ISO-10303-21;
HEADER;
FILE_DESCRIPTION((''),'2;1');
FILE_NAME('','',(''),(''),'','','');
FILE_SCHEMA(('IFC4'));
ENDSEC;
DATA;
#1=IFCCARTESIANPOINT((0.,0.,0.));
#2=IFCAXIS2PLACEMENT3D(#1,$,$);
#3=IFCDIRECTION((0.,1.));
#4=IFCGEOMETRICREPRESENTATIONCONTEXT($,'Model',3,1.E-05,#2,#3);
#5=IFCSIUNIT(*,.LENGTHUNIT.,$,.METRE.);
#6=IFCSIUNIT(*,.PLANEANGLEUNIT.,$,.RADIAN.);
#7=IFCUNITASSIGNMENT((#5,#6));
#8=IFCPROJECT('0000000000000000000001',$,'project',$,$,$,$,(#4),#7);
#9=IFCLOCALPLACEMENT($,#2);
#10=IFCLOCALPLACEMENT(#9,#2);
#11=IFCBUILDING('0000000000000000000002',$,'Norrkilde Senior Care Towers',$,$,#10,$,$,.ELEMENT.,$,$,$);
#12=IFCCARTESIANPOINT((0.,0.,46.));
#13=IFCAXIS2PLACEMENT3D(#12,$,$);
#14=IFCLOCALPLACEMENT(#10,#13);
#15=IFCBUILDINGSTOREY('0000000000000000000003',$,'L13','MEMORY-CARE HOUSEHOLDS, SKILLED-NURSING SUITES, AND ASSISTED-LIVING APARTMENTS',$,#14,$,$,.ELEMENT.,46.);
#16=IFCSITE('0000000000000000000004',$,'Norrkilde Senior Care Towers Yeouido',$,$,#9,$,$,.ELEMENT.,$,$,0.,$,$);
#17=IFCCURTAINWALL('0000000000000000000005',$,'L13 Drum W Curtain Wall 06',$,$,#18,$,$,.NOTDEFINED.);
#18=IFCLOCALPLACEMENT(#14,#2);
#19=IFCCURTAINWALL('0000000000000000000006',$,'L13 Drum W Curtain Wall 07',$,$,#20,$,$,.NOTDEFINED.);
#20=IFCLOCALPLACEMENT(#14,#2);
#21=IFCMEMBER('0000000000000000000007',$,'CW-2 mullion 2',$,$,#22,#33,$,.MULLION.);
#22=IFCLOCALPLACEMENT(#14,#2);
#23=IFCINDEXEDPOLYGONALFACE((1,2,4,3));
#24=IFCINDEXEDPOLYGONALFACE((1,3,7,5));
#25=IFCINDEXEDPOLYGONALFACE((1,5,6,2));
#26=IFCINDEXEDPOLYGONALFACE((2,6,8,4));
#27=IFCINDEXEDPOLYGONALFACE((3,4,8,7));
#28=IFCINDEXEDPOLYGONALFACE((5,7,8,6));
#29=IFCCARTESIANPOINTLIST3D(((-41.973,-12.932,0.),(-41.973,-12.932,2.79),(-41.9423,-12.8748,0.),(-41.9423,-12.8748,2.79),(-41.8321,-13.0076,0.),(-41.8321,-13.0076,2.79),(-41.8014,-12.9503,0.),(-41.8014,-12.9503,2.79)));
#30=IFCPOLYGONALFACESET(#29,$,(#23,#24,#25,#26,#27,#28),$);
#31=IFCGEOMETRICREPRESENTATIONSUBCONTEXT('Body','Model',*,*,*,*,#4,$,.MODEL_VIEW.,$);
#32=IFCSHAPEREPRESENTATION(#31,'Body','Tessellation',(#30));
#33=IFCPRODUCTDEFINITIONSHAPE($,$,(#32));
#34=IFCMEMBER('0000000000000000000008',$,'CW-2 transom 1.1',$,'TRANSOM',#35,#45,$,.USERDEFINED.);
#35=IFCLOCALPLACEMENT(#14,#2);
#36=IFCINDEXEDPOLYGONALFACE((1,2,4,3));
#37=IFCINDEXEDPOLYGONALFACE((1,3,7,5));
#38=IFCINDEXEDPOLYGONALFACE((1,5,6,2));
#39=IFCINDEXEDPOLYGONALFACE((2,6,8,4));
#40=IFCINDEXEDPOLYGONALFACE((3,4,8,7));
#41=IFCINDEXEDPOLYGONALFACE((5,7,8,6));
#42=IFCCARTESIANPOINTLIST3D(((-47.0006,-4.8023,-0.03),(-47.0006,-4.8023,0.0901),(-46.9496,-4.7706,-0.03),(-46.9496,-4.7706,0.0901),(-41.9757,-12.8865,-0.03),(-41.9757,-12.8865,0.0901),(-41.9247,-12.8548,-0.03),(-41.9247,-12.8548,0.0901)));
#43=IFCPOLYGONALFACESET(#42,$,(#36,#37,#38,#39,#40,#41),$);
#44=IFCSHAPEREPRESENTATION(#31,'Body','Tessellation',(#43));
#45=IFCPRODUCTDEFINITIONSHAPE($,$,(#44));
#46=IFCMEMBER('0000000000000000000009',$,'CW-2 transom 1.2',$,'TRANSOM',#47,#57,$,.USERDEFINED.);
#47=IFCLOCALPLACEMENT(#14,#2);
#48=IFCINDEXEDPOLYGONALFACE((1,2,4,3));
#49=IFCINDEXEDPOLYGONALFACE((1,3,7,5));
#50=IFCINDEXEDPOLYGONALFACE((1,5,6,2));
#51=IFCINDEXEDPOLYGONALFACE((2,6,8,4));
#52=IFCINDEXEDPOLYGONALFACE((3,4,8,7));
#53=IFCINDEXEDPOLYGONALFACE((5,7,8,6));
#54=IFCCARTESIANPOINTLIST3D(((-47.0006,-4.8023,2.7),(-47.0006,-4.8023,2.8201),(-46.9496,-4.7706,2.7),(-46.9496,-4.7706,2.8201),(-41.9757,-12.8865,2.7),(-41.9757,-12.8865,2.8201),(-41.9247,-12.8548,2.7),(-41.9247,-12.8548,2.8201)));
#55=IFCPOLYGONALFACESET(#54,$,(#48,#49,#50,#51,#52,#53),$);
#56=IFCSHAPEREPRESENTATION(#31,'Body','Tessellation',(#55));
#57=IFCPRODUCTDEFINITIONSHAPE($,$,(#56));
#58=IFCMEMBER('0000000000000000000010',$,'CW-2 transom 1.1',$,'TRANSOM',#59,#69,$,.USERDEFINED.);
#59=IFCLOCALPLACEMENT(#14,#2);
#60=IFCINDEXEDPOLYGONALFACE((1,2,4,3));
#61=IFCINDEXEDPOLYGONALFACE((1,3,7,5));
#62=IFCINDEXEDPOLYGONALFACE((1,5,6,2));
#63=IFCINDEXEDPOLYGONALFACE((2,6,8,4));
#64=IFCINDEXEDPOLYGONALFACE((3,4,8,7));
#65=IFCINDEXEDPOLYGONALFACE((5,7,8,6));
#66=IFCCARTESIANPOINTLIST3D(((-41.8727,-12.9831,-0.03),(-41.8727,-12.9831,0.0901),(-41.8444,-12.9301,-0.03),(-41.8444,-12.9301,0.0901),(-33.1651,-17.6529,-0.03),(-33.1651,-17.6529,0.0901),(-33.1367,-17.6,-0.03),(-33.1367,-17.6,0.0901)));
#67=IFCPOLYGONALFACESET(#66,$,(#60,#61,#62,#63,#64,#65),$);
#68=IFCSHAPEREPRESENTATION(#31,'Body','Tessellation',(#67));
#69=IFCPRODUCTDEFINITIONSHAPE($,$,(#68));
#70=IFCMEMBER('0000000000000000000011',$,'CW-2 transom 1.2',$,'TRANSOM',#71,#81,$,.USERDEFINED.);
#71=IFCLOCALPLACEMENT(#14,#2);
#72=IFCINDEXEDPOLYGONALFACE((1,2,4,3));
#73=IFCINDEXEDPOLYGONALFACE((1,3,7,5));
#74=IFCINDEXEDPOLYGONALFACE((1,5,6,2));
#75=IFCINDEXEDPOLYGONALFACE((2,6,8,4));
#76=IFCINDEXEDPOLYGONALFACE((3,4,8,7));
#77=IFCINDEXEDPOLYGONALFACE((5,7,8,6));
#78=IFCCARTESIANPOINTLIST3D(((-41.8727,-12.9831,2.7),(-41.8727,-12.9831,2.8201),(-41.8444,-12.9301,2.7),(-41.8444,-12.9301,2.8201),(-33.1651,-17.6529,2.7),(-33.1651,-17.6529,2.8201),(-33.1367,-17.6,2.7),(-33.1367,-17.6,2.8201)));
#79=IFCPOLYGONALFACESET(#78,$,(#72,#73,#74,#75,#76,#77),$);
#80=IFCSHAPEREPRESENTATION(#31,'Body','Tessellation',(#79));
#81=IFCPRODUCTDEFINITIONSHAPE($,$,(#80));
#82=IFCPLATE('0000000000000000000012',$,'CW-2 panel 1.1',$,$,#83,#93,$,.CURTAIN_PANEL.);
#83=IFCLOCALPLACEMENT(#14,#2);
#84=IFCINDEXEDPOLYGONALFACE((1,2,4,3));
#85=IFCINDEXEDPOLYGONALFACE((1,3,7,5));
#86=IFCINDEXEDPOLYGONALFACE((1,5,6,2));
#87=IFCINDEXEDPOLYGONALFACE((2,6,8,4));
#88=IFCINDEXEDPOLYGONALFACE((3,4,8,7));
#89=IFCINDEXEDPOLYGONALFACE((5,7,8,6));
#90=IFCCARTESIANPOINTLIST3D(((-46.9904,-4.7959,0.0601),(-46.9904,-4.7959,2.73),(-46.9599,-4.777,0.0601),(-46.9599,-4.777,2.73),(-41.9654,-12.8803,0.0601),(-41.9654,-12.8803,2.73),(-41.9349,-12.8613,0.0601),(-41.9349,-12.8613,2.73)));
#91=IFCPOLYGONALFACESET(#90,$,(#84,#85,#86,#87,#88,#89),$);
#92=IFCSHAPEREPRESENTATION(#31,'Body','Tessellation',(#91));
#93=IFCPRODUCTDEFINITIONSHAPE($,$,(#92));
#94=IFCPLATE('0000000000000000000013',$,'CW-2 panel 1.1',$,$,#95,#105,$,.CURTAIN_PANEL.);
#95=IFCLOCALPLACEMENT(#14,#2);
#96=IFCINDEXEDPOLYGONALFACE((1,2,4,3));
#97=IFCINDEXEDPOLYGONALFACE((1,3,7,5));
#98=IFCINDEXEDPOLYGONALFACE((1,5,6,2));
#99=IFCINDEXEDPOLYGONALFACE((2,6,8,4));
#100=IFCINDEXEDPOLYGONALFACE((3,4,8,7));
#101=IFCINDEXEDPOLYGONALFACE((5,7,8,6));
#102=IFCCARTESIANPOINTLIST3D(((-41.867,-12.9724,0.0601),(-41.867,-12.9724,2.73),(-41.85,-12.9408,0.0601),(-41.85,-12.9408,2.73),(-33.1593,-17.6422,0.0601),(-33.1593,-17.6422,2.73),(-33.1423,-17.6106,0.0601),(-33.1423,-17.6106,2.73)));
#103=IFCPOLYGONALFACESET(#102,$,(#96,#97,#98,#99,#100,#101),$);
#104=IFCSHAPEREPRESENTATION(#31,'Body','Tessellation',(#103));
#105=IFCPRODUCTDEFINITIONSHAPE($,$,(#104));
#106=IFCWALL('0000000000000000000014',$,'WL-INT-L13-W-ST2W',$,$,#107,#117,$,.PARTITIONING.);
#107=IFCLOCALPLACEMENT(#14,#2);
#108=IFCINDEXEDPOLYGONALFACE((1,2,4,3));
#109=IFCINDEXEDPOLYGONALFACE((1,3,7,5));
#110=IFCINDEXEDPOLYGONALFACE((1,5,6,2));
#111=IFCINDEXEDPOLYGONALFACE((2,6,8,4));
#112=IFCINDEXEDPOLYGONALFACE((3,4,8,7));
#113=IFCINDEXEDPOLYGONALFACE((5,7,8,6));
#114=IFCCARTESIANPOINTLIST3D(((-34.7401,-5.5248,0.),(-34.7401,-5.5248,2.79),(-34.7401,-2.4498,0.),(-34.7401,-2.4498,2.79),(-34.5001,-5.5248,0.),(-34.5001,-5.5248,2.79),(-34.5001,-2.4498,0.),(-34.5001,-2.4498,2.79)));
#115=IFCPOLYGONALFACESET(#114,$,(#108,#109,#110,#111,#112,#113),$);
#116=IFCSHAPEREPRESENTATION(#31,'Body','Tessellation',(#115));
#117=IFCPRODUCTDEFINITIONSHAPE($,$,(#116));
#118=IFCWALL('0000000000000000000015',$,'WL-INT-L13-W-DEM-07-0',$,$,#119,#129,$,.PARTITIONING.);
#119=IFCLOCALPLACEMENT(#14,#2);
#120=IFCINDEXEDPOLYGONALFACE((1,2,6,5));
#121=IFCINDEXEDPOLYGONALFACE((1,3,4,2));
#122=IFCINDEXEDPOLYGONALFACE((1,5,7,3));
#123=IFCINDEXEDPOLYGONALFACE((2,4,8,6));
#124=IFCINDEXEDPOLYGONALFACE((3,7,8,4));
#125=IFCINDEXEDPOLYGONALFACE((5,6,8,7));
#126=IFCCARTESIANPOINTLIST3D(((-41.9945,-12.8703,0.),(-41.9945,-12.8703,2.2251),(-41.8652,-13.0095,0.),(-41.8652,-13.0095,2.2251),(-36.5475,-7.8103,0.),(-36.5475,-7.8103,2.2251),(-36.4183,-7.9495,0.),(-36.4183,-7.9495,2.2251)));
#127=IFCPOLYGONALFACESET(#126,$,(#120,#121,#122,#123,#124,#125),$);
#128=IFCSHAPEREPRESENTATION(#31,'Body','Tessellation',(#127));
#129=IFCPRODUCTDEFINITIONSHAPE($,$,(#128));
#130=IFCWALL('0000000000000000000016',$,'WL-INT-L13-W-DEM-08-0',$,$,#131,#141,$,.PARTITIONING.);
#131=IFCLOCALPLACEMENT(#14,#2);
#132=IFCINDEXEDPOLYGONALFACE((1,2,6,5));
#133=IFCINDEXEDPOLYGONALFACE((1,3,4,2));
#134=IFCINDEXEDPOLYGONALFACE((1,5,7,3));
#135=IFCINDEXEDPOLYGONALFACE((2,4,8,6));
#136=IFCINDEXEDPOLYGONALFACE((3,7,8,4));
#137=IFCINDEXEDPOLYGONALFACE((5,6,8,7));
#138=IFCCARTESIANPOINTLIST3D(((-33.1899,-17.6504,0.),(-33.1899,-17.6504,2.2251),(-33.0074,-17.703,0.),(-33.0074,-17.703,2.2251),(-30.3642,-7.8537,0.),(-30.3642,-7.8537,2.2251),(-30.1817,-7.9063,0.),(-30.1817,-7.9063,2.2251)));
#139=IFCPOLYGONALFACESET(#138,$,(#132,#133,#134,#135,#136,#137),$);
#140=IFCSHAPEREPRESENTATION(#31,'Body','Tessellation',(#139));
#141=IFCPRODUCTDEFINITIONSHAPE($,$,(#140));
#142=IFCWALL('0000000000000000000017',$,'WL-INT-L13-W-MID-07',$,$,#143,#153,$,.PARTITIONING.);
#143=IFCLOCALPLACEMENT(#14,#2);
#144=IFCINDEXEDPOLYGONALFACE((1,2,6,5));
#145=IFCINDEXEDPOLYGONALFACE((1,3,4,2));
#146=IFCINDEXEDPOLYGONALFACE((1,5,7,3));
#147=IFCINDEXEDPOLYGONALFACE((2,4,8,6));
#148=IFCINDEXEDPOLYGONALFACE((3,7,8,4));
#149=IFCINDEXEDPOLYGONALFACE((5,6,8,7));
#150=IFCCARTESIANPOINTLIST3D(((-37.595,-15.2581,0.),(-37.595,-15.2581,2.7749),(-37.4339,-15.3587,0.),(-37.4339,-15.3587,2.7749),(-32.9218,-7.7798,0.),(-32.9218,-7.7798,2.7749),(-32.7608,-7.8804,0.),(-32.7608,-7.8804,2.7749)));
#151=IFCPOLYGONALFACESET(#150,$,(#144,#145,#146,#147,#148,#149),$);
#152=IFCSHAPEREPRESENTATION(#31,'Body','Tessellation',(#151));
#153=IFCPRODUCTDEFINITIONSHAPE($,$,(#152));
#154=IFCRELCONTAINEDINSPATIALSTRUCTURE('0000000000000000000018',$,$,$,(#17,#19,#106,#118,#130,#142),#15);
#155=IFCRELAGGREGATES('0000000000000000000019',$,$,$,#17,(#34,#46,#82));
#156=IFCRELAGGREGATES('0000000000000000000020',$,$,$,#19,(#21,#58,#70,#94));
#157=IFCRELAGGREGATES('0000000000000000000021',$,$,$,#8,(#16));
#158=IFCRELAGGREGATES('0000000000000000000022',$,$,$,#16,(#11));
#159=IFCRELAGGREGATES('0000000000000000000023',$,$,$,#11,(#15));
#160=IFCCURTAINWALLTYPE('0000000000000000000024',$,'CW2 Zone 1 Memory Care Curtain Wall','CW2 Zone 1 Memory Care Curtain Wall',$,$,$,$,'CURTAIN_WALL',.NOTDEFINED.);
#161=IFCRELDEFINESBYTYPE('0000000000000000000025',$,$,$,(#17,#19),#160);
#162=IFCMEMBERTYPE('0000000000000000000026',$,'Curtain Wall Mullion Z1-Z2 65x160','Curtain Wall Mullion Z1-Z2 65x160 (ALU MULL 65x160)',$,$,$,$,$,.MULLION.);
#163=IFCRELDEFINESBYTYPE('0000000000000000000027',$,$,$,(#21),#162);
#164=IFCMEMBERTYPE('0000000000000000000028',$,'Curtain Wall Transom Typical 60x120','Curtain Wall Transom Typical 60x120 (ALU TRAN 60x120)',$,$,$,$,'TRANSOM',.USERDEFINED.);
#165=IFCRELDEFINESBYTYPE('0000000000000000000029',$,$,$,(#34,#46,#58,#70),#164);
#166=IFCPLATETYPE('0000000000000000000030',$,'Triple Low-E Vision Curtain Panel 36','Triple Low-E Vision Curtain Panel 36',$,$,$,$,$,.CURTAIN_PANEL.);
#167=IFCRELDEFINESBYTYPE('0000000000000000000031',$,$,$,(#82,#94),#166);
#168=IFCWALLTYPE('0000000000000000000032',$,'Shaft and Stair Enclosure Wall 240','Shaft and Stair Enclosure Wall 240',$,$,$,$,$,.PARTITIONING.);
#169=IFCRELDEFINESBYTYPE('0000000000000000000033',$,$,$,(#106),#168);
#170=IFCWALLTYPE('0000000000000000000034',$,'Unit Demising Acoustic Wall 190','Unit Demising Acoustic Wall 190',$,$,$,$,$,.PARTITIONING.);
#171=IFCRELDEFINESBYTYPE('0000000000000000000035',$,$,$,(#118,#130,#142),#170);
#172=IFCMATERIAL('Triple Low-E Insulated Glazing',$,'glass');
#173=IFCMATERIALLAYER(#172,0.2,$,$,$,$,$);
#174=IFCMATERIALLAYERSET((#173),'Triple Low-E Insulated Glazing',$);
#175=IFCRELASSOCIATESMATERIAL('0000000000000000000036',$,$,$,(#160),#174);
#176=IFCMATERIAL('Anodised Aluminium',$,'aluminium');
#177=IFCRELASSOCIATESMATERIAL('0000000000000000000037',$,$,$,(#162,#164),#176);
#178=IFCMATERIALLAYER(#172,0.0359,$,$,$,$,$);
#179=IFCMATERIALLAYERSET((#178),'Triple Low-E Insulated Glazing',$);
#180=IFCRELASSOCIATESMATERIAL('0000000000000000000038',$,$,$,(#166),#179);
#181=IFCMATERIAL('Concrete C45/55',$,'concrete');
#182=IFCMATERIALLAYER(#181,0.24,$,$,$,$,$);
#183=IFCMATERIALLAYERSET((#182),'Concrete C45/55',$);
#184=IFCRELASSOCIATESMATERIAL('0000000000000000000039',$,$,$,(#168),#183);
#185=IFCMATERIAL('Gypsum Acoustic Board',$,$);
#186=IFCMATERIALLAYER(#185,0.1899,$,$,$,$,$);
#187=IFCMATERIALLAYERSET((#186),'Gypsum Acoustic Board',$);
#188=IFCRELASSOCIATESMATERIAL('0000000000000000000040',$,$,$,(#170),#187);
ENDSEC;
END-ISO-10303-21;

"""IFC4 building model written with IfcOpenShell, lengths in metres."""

from ifc_helpers import new_model, si_unit, direction, frame, frame_2d, origin, origin_2d, place, context, subcontext, project, spatial, rectangle, extrude, source, transform, mapped, material, layer, layer_set, material_profile, profile_set, type_object, type_shapes, element, aggregate, save


model = new_model("IFC4")

# Units and contexts
model_context = context("Model", 3, precision=1e-05, world=origin(), true_north=direction((0.0, 1.0)))
body_context = subcontext(model_context, "Body", "Model", "MODEL_VIEW")
ifc_project = project(units=[si_unit("LENGTHUNIT", "METRE"), si_unit("PLANEANGLEUNIT", "RADIAN")], contexts=[model_context])

# Site, building, storey
site_placement = place(None, origin())
site = spatial("IfcSite", under=ifc_project, at=site_placement, Name="Norrkilde Senior Care Towers Yeouido", CompositionType="ELEMENT", RefElevation=0.0)
building_placement = place(site_placement, origin())
building = spatial("IfcBuilding", under=site, at=building_placement, Name="Norrkilde Senior Care Towers", CompositionType="ELEMENT")
storey_placement = place(building_placement, frame((0.0, 0.0, 46.0)))
storey = spatial("IfcBuildingStorey", under=building, at=storey_placement, Name="L13", Description="MEMORY-CARE HOUSEHOLDS, SKILLED-NURSING SUITES, AND ASSISTED-LIVING APARTMENTS", CompositionType="ELEMENT", Elevation=46.0)

# Curtain wall
ifc_material_1 = material(Name="Triple Low-E Insulated Glazing", Category="glass")
ifc_layer_1 = layer(ifc_material_1, 0.2)
ifc_layer_set_1 = layer_set([ifc_layer_1], Name="Triple Low-E Insulated Glazing")
curtain_wall_type = type_object("IfcCurtainWallType", Name="CW2 Zone 1 Memory Care Curtain Wall", Description="CW2 Zone 1 Memory Care Curtain Wall", ElementType="CURTAIN_WALL", PredefinedType="NOTDEFINED", material=ifc_layer_set_1)
curtain_wall_1_placement = place(storey_placement, origin())
curtain_wall_1 = element("IfcCurtainWall", 1, at=curtain_wall_1_placement, inside=storey, type_object=curtain_wall_type, Name="L13 Drum W Curtain Wall 06", PredefinedType="NOTDEFINED")
ifc_material_2 = material(Name="Anodised Aluminium", Category="aluminium")
ifc_material_profile_1 = material_profile(ifc_material_2, rectangle(XDim=0.0649, YDim=0.1599, at=origin_2d()), Name="ALU MULL 65x160")
ifc_profile_set_1 = profile_set([ifc_material_profile_1], Name="Anodised Aluminium")
member_type_1 = type_object("IfcMemberType", Name="Curtain Wall Mullion Z1-Z2 65x160", Description="Curtain Wall Mullion Z1-Z2 65x160 (ALU MULL 65x160)", PredefinedType="MULLION", material=ifc_profile_set_1)
shared_shape_1 = source(origin(), body_context, "Body", "SweptSolid", [
    extrude(rectangle(XDim=0.0649, YDim=0.1599, at=origin_2d()), origin(), (0.0, 0.0, 1.0), 2.79),
])
type_shapes(member_type_1, [shared_shape_1])

# Curtain wall, member
curtain_wall_2_placement = place(storey_placement, origin())
curtain_wall_2 = element("IfcCurtainWall", 2, at=curtain_wall_2_placement, inside=storey, type_object=curtain_wall_type, Name="L13 Drum W Curtain Wall 07", PredefinedType="NOTDEFINED")
member_1_placement = place(storey_placement, frame((-41.8872, -12.9412, 0.0), z_axis=(0.0, 0.0, 1.0), x_axis=(-0.472608, -0.881273, 0.0)))
member_1 = element("IfcMember", 3, at=member_1_placement, type_object=member_type_1, Name="CW-2 mullion 2", PredefinedType="MULLION", context=body_context, shape_type="MappedRepresentation", body=[
    mapped(shared_shape_1, transform((0.0, 0.0, 0.0), x_axis=(1.0, 0.0, 0.0), y_axis=(0.0, 1.0, 0.0), z_axis=(0.0, 0.0, 1.0), scale=1.0)),
])

# Members
ifc_material_profile_2 = material_profile(ifc_material_2, rectangle(XDim=0.0601, YDim=0.1201, at=origin_2d()), Name="ALU TRAN 60x120")
ifc_profile_set_2 = profile_set([ifc_material_profile_2], Name="Anodised Aluminium")
member_type_2 = type_object("IfcMemberType", Name="Curtain Wall Transom Typical 60x120", Description="Curtain Wall Transom Typical 60x120 (ALU TRAN 60x120)", ElementType="TRANSOM", PredefinedType="USERDEFINED", material=ifc_profile_set_2)
shared_shape_2 = source(origin(), body_context, "Body", "SweptSolid", [
    extrude(rectangle(XDim=0.0601, YDim=0.1201, at=origin_2d()), origin(), (0.0, 0.0, 1.0), 9.5186),
])
member_2_placement = place(storey_placement, frame((-41.9502, -12.8706, 0.03), z_axis=(-0.527902, 0.849306, 0.0), x_axis=(-0.849306, -0.527902, 0.0)))
member_2 = element("IfcMember", 4, at=member_2_placement, type_object=member_type_2, Name="CW-2 transom 1.1", ObjectType="TRANSOM", PredefinedType="USERDEFINED", context=body_context, shape_type="MappedRepresentation", body=[
    mapped(shared_shape_2, transform((0.0, 0.0, 0.0), x_axis=(1.0, 0.0, 0.0), y_axis=(0.0, 1.0, 0.0), z_axis=(0.0, 0.0, 1.0), scale=1.0)),
])
member_3_placement = place(storey_placement, frame((-41.9502, -12.8706, 2.76), z_axis=(-0.527902, 0.849306, 0.0), x_axis=(-0.849306, -0.527902, 0.0)))
member_3 = element("IfcMember", 5, at=member_3_placement, type_object=member_type_2, Name="CW-2 transom 1.2", ObjectType="TRANSOM", PredefinedType="USERDEFINED", context=body_context, shape_type="MappedRepresentation", body=[
    mapped(shared_shape_2, transform((0.0, 0.0, 0.0), x_axis=(1.0, 0.0, 0.0), y_axis=(0.0, 1.0, 0.0), z_axis=(0.0, 0.0, 1.0), scale=1.0)),
])
shared_shape_3 = source(origin(), body_context, "Body", "SweptSolid", [
    extrude(rectangle(XDim=0.0601, YDim=0.1201, at=origin_2d()), origin(), (0.0, 0.0, 1.0), 9.8809),
])
type_shapes(member_type_2, [shared_shape_2, shared_shape_3])
member_4_placement = place(storey_placement, frame((-33.1509, -17.6265, 0.03), z_axis=(-0.881267, 0.472618, 0.0), x_axis=(-0.472618, -0.881267, 0.0)))
member_4 = element("IfcMember", 6, at=member_4_placement, type_object=member_type_2, Name="CW-2 transom 1.1", ObjectType="TRANSOM", PredefinedType="USERDEFINED", context=body_context, shape_type="MappedRepresentation", body=[
    mapped(shared_shape_3, transform((0.0, 0.0, 0.0), x_axis=(1.0, 0.0, 0.0), y_axis=(0.0, 1.0, 0.0), z_axis=(0.0, 0.0, 1.0), scale=1.0)),
])
member_5_placement = place(storey_placement, frame((-33.1509, -17.6265, 2.76), z_axis=(-0.881267, 0.472618, 0.0), x_axis=(-0.472618, -0.881267, 0.0)))
member_5 = element("IfcMember", 7, at=member_5_placement, type_object=member_type_2, Name="CW-2 transom 1.2", ObjectType="TRANSOM", PredefinedType="USERDEFINED", context=body_context, shape_type="MappedRepresentation", body=[
    mapped(shared_shape_3, transform((0.0, 0.0, 0.0), x_axis=(1.0, 0.0, 0.0), y_axis=(0.0, 1.0, 0.0), z_axis=(0.0, 0.0, 1.0), scale=1.0)),
])

# Plates
ifc_layer_2 = layer(ifc_material_1, 0.0359)
ifc_layer_set_2 = layer_set([ifc_layer_2], Name="Triple Low-E Insulated Glazing")
plate_type = type_object("IfcPlateType", Name="Triple Low-E Vision Curtain Panel 36", Description="Triple Low-E Vision Curtain Panel 36", PredefinedType="CURTAIN_PANEL", material=ifc_layer_set_2)
shared_shape_4 = source(origin(), body_context, "Body", "SweptSolid", [
    extrude(rectangle(XDim=9.5188, YDim=0.0359, at=origin_2d()), origin(), (0.0, 0.0, 1.0), 2.6699),
])
plate_1_placement = place(storey_placement, frame((-44.4626, -8.8286, 0.0601), z_axis=(0.0, 0.0, 1.0), x_axis=(-0.527901, 0.849306, 0.0)))
plate_1 = element("IfcPlate", 8, at=plate_1_placement, type_object=plate_type, Name="CW-2 panel 1.1", PredefinedType="CURTAIN_PANEL", context=body_context, shape_type="MappedRepresentation", body=[
    mapped(shared_shape_4, transform((0.0, 0.0, 0.0), x_axis=(1.0, 0.0, 0.0), y_axis=(0.0, 1.0, 0.0), z_axis=(0.0, 0.0, 1.0), scale=1.0)),
])
aggregate(curtain_wall_1, [member_2, member_3, plate_1])
shared_shape_5 = source(origin(), body_context, "Body", "SweptSolid", [
    extrude(rectangle(XDim=9.8809, YDim=0.0359, at=origin_2d()), origin(), (0.0, 0.0, 1.0), 2.6699),
])
type_shapes(plate_type, [shared_shape_4, shared_shape_5])
plate_2_placement = place(storey_placement, frame((-37.5046, -15.2915, 0.0601), z_axis=(0.0, 0.0, 1.0), x_axis=(-0.881273, 0.472608, 0.0)))
plate_2 = element("IfcPlate", 9, at=plate_2_placement, type_object=plate_type, Name="CW-2 panel 1.1", PredefinedType="CURTAIN_PANEL", context=body_context, shape_type="MappedRepresentation", body=[
    mapped(shared_shape_5, transform((0.0, 0.0, 0.0), x_axis=(1.0, 0.0, 0.0), y_axis=(0.0, 1.0, 0.0), z_axis=(0.0, 0.0, 1.0), scale=1.0)),
])
aggregate(curtain_wall_2, [member_1, member_4, member_5, plate_2])

# Shared definitions
ifc_material_3 = material(Name="Gypsum Acoustic Board")

# Walls
ifc_material_4 = material(Name="Concrete C45/55", Category="concrete")
ifc_layer_3 = layer(ifc_material_4, 0.24)
ifc_layer_set_3 = layer_set([ifc_layer_3], Name="Concrete C45/55")
wall_type_1 = type_object("IfcWallType", Name="Shaft and Stair Enclosure Wall 240", Description="Shaft and Stair Enclosure Wall 240", PredefinedType="PARTITIONING", material=ifc_layer_set_3)
shared_shape_6 = source(origin(), body_context, "Body", "SweptSolid", [
    extrude(rectangle(XDim=3.075, YDim=0.24, at=frame_2d((1.5376, 0.0))), origin(), (0.0, 0.0, 1.0), 2.79),
])
type_shapes(wall_type_1, [shared_shape_6])
wall_1_placement = place(storey_placement, frame((-34.6201, -5.5249, 0.0), z_axis=(0.0, 0.0, 1.0), x_axis=(0.0, 1.0, 0.0)))
element("IfcWall", 10, at=wall_1_placement, inside=storey, type_object=wall_type_1, Name="WL-INT-L13-W-ST2W", PredefinedType="PARTITIONING", context=body_context, shape_type="MappedRepresentation", body=[
    mapped(shared_shape_6, transform((0.0, 0.0, 0.0), x_axis=(1.0, 0.0, 0.0), y_axis=(0.0, 1.0, 0.0), z_axis=(0.0, 0.0, 1.0), scale=1.0)),
])
ifc_layer_4 = layer(ifc_material_3, 0.1899)
ifc_layer_set_4 = layer_set([ifc_layer_4], Name="Gypsum Acoustic Board")
wall_type_2 = type_object("IfcWallType", Name="Unit Demising Acoustic Wall 190", Description="Unit Demising Acoustic Wall 190", PredefinedType="PARTITIONING", material=ifc_layer_set_4)
shared_shape_7 = source(origin(), body_context, "Body", "SweptSolid", [
    extrude(rectangle(XDim=7.4346, YDim=0.1899, at=frame_2d((3.7173, 0.0))), origin(), (0.0, 0.0, 1.0), 2.2251),
])
wall_2_placement = place(storey_placement, frame((-36.4829, -7.8799, 0.0), z_axis=(0.0, 0.0, 1.0), x_axis=(-0.732652, -0.680603, 0.0)))
element("IfcWall", 11, at=wall_2_placement, inside=storey, type_object=wall_type_2, Name="WL-INT-L13-W-DEM-07-0", PredefinedType="PARTITIONING", context=body_context, shape_type="MappedRepresentation", body=[
    mapped(shared_shape_7, transform((0.0, 0.0, 0.0), x_axis=(1.0, 0.0, 0.0), y_axis=(0.0, 1.0, 0.0), z_axis=(0.0, 0.0, 1.0), scale=1.0)),
])
shared_shape_8 = source(origin(), body_context, "Body", "SweptSolid", [
    extrude(rectangle(XDim=10.196, YDim=0.1899, at=frame_2d((5.0981, 0.0))), origin(), (0.0, 0.0, 1.0), 2.2251),
])
wall_3_placement = place(storey_placement, frame((-30.2729, -7.8799, 0.0), z_axis=(0.0, 0.0, 1.0), x_axis=(-0.277136, -0.960831, 0.0)))
element("IfcWall", 12, at=wall_3_placement, inside=storey, type_object=wall_type_2, Name="WL-INT-L13-W-DEM-08-0", PredefinedType="PARTITIONING", context=body_context, shape_type="MappedRepresentation", body=[
    mapped(shared_shape_8, transform((0.0, 0.0, 0.0), x_axis=(1.0, 0.0, 0.0), y_axis=(0.0, 1.0, 0.0), z_axis=(0.0, 0.0, 1.0), scale=1.0)),
])
shared_shape_9 = source(origin(), body_context, "Body", "SweptSolid", [
    extrude(rectangle(XDim=8.8184, YDim=0.1899, at=frame_2d((4.4092, 0.0))), origin(), (0.0, 0.0, 1.0), 2.7749),
])
type_shapes(wall_type_2, [shared_shape_7, shared_shape_8, shared_shape_9])
wall_4_placement = place(storey_placement, frame((-32.8413, -7.8301, 0.0), z_axis=(0.0, 0.0, 1.0), x_axis=(-0.529932, -0.84804, 0.0)))
element("IfcWall", 13, at=wall_4_placement, inside=storey, type_object=wall_type_2, Name="WL-INT-L13-W-MID-07", PredefinedType="PARTITIONING", context=body_context, shape_type="MappedRepresentation", body=[
    mapped(shared_shape_9, transform((0.0, 0.0, 0.0), x_axis=(1.0, 0.0, 0.0), y_axis=(0.0, 1.0, 0.0), z_axis=(0.0, 0.0, 1.0), scale=1.0)),
])

save(model, "model.ifc")
